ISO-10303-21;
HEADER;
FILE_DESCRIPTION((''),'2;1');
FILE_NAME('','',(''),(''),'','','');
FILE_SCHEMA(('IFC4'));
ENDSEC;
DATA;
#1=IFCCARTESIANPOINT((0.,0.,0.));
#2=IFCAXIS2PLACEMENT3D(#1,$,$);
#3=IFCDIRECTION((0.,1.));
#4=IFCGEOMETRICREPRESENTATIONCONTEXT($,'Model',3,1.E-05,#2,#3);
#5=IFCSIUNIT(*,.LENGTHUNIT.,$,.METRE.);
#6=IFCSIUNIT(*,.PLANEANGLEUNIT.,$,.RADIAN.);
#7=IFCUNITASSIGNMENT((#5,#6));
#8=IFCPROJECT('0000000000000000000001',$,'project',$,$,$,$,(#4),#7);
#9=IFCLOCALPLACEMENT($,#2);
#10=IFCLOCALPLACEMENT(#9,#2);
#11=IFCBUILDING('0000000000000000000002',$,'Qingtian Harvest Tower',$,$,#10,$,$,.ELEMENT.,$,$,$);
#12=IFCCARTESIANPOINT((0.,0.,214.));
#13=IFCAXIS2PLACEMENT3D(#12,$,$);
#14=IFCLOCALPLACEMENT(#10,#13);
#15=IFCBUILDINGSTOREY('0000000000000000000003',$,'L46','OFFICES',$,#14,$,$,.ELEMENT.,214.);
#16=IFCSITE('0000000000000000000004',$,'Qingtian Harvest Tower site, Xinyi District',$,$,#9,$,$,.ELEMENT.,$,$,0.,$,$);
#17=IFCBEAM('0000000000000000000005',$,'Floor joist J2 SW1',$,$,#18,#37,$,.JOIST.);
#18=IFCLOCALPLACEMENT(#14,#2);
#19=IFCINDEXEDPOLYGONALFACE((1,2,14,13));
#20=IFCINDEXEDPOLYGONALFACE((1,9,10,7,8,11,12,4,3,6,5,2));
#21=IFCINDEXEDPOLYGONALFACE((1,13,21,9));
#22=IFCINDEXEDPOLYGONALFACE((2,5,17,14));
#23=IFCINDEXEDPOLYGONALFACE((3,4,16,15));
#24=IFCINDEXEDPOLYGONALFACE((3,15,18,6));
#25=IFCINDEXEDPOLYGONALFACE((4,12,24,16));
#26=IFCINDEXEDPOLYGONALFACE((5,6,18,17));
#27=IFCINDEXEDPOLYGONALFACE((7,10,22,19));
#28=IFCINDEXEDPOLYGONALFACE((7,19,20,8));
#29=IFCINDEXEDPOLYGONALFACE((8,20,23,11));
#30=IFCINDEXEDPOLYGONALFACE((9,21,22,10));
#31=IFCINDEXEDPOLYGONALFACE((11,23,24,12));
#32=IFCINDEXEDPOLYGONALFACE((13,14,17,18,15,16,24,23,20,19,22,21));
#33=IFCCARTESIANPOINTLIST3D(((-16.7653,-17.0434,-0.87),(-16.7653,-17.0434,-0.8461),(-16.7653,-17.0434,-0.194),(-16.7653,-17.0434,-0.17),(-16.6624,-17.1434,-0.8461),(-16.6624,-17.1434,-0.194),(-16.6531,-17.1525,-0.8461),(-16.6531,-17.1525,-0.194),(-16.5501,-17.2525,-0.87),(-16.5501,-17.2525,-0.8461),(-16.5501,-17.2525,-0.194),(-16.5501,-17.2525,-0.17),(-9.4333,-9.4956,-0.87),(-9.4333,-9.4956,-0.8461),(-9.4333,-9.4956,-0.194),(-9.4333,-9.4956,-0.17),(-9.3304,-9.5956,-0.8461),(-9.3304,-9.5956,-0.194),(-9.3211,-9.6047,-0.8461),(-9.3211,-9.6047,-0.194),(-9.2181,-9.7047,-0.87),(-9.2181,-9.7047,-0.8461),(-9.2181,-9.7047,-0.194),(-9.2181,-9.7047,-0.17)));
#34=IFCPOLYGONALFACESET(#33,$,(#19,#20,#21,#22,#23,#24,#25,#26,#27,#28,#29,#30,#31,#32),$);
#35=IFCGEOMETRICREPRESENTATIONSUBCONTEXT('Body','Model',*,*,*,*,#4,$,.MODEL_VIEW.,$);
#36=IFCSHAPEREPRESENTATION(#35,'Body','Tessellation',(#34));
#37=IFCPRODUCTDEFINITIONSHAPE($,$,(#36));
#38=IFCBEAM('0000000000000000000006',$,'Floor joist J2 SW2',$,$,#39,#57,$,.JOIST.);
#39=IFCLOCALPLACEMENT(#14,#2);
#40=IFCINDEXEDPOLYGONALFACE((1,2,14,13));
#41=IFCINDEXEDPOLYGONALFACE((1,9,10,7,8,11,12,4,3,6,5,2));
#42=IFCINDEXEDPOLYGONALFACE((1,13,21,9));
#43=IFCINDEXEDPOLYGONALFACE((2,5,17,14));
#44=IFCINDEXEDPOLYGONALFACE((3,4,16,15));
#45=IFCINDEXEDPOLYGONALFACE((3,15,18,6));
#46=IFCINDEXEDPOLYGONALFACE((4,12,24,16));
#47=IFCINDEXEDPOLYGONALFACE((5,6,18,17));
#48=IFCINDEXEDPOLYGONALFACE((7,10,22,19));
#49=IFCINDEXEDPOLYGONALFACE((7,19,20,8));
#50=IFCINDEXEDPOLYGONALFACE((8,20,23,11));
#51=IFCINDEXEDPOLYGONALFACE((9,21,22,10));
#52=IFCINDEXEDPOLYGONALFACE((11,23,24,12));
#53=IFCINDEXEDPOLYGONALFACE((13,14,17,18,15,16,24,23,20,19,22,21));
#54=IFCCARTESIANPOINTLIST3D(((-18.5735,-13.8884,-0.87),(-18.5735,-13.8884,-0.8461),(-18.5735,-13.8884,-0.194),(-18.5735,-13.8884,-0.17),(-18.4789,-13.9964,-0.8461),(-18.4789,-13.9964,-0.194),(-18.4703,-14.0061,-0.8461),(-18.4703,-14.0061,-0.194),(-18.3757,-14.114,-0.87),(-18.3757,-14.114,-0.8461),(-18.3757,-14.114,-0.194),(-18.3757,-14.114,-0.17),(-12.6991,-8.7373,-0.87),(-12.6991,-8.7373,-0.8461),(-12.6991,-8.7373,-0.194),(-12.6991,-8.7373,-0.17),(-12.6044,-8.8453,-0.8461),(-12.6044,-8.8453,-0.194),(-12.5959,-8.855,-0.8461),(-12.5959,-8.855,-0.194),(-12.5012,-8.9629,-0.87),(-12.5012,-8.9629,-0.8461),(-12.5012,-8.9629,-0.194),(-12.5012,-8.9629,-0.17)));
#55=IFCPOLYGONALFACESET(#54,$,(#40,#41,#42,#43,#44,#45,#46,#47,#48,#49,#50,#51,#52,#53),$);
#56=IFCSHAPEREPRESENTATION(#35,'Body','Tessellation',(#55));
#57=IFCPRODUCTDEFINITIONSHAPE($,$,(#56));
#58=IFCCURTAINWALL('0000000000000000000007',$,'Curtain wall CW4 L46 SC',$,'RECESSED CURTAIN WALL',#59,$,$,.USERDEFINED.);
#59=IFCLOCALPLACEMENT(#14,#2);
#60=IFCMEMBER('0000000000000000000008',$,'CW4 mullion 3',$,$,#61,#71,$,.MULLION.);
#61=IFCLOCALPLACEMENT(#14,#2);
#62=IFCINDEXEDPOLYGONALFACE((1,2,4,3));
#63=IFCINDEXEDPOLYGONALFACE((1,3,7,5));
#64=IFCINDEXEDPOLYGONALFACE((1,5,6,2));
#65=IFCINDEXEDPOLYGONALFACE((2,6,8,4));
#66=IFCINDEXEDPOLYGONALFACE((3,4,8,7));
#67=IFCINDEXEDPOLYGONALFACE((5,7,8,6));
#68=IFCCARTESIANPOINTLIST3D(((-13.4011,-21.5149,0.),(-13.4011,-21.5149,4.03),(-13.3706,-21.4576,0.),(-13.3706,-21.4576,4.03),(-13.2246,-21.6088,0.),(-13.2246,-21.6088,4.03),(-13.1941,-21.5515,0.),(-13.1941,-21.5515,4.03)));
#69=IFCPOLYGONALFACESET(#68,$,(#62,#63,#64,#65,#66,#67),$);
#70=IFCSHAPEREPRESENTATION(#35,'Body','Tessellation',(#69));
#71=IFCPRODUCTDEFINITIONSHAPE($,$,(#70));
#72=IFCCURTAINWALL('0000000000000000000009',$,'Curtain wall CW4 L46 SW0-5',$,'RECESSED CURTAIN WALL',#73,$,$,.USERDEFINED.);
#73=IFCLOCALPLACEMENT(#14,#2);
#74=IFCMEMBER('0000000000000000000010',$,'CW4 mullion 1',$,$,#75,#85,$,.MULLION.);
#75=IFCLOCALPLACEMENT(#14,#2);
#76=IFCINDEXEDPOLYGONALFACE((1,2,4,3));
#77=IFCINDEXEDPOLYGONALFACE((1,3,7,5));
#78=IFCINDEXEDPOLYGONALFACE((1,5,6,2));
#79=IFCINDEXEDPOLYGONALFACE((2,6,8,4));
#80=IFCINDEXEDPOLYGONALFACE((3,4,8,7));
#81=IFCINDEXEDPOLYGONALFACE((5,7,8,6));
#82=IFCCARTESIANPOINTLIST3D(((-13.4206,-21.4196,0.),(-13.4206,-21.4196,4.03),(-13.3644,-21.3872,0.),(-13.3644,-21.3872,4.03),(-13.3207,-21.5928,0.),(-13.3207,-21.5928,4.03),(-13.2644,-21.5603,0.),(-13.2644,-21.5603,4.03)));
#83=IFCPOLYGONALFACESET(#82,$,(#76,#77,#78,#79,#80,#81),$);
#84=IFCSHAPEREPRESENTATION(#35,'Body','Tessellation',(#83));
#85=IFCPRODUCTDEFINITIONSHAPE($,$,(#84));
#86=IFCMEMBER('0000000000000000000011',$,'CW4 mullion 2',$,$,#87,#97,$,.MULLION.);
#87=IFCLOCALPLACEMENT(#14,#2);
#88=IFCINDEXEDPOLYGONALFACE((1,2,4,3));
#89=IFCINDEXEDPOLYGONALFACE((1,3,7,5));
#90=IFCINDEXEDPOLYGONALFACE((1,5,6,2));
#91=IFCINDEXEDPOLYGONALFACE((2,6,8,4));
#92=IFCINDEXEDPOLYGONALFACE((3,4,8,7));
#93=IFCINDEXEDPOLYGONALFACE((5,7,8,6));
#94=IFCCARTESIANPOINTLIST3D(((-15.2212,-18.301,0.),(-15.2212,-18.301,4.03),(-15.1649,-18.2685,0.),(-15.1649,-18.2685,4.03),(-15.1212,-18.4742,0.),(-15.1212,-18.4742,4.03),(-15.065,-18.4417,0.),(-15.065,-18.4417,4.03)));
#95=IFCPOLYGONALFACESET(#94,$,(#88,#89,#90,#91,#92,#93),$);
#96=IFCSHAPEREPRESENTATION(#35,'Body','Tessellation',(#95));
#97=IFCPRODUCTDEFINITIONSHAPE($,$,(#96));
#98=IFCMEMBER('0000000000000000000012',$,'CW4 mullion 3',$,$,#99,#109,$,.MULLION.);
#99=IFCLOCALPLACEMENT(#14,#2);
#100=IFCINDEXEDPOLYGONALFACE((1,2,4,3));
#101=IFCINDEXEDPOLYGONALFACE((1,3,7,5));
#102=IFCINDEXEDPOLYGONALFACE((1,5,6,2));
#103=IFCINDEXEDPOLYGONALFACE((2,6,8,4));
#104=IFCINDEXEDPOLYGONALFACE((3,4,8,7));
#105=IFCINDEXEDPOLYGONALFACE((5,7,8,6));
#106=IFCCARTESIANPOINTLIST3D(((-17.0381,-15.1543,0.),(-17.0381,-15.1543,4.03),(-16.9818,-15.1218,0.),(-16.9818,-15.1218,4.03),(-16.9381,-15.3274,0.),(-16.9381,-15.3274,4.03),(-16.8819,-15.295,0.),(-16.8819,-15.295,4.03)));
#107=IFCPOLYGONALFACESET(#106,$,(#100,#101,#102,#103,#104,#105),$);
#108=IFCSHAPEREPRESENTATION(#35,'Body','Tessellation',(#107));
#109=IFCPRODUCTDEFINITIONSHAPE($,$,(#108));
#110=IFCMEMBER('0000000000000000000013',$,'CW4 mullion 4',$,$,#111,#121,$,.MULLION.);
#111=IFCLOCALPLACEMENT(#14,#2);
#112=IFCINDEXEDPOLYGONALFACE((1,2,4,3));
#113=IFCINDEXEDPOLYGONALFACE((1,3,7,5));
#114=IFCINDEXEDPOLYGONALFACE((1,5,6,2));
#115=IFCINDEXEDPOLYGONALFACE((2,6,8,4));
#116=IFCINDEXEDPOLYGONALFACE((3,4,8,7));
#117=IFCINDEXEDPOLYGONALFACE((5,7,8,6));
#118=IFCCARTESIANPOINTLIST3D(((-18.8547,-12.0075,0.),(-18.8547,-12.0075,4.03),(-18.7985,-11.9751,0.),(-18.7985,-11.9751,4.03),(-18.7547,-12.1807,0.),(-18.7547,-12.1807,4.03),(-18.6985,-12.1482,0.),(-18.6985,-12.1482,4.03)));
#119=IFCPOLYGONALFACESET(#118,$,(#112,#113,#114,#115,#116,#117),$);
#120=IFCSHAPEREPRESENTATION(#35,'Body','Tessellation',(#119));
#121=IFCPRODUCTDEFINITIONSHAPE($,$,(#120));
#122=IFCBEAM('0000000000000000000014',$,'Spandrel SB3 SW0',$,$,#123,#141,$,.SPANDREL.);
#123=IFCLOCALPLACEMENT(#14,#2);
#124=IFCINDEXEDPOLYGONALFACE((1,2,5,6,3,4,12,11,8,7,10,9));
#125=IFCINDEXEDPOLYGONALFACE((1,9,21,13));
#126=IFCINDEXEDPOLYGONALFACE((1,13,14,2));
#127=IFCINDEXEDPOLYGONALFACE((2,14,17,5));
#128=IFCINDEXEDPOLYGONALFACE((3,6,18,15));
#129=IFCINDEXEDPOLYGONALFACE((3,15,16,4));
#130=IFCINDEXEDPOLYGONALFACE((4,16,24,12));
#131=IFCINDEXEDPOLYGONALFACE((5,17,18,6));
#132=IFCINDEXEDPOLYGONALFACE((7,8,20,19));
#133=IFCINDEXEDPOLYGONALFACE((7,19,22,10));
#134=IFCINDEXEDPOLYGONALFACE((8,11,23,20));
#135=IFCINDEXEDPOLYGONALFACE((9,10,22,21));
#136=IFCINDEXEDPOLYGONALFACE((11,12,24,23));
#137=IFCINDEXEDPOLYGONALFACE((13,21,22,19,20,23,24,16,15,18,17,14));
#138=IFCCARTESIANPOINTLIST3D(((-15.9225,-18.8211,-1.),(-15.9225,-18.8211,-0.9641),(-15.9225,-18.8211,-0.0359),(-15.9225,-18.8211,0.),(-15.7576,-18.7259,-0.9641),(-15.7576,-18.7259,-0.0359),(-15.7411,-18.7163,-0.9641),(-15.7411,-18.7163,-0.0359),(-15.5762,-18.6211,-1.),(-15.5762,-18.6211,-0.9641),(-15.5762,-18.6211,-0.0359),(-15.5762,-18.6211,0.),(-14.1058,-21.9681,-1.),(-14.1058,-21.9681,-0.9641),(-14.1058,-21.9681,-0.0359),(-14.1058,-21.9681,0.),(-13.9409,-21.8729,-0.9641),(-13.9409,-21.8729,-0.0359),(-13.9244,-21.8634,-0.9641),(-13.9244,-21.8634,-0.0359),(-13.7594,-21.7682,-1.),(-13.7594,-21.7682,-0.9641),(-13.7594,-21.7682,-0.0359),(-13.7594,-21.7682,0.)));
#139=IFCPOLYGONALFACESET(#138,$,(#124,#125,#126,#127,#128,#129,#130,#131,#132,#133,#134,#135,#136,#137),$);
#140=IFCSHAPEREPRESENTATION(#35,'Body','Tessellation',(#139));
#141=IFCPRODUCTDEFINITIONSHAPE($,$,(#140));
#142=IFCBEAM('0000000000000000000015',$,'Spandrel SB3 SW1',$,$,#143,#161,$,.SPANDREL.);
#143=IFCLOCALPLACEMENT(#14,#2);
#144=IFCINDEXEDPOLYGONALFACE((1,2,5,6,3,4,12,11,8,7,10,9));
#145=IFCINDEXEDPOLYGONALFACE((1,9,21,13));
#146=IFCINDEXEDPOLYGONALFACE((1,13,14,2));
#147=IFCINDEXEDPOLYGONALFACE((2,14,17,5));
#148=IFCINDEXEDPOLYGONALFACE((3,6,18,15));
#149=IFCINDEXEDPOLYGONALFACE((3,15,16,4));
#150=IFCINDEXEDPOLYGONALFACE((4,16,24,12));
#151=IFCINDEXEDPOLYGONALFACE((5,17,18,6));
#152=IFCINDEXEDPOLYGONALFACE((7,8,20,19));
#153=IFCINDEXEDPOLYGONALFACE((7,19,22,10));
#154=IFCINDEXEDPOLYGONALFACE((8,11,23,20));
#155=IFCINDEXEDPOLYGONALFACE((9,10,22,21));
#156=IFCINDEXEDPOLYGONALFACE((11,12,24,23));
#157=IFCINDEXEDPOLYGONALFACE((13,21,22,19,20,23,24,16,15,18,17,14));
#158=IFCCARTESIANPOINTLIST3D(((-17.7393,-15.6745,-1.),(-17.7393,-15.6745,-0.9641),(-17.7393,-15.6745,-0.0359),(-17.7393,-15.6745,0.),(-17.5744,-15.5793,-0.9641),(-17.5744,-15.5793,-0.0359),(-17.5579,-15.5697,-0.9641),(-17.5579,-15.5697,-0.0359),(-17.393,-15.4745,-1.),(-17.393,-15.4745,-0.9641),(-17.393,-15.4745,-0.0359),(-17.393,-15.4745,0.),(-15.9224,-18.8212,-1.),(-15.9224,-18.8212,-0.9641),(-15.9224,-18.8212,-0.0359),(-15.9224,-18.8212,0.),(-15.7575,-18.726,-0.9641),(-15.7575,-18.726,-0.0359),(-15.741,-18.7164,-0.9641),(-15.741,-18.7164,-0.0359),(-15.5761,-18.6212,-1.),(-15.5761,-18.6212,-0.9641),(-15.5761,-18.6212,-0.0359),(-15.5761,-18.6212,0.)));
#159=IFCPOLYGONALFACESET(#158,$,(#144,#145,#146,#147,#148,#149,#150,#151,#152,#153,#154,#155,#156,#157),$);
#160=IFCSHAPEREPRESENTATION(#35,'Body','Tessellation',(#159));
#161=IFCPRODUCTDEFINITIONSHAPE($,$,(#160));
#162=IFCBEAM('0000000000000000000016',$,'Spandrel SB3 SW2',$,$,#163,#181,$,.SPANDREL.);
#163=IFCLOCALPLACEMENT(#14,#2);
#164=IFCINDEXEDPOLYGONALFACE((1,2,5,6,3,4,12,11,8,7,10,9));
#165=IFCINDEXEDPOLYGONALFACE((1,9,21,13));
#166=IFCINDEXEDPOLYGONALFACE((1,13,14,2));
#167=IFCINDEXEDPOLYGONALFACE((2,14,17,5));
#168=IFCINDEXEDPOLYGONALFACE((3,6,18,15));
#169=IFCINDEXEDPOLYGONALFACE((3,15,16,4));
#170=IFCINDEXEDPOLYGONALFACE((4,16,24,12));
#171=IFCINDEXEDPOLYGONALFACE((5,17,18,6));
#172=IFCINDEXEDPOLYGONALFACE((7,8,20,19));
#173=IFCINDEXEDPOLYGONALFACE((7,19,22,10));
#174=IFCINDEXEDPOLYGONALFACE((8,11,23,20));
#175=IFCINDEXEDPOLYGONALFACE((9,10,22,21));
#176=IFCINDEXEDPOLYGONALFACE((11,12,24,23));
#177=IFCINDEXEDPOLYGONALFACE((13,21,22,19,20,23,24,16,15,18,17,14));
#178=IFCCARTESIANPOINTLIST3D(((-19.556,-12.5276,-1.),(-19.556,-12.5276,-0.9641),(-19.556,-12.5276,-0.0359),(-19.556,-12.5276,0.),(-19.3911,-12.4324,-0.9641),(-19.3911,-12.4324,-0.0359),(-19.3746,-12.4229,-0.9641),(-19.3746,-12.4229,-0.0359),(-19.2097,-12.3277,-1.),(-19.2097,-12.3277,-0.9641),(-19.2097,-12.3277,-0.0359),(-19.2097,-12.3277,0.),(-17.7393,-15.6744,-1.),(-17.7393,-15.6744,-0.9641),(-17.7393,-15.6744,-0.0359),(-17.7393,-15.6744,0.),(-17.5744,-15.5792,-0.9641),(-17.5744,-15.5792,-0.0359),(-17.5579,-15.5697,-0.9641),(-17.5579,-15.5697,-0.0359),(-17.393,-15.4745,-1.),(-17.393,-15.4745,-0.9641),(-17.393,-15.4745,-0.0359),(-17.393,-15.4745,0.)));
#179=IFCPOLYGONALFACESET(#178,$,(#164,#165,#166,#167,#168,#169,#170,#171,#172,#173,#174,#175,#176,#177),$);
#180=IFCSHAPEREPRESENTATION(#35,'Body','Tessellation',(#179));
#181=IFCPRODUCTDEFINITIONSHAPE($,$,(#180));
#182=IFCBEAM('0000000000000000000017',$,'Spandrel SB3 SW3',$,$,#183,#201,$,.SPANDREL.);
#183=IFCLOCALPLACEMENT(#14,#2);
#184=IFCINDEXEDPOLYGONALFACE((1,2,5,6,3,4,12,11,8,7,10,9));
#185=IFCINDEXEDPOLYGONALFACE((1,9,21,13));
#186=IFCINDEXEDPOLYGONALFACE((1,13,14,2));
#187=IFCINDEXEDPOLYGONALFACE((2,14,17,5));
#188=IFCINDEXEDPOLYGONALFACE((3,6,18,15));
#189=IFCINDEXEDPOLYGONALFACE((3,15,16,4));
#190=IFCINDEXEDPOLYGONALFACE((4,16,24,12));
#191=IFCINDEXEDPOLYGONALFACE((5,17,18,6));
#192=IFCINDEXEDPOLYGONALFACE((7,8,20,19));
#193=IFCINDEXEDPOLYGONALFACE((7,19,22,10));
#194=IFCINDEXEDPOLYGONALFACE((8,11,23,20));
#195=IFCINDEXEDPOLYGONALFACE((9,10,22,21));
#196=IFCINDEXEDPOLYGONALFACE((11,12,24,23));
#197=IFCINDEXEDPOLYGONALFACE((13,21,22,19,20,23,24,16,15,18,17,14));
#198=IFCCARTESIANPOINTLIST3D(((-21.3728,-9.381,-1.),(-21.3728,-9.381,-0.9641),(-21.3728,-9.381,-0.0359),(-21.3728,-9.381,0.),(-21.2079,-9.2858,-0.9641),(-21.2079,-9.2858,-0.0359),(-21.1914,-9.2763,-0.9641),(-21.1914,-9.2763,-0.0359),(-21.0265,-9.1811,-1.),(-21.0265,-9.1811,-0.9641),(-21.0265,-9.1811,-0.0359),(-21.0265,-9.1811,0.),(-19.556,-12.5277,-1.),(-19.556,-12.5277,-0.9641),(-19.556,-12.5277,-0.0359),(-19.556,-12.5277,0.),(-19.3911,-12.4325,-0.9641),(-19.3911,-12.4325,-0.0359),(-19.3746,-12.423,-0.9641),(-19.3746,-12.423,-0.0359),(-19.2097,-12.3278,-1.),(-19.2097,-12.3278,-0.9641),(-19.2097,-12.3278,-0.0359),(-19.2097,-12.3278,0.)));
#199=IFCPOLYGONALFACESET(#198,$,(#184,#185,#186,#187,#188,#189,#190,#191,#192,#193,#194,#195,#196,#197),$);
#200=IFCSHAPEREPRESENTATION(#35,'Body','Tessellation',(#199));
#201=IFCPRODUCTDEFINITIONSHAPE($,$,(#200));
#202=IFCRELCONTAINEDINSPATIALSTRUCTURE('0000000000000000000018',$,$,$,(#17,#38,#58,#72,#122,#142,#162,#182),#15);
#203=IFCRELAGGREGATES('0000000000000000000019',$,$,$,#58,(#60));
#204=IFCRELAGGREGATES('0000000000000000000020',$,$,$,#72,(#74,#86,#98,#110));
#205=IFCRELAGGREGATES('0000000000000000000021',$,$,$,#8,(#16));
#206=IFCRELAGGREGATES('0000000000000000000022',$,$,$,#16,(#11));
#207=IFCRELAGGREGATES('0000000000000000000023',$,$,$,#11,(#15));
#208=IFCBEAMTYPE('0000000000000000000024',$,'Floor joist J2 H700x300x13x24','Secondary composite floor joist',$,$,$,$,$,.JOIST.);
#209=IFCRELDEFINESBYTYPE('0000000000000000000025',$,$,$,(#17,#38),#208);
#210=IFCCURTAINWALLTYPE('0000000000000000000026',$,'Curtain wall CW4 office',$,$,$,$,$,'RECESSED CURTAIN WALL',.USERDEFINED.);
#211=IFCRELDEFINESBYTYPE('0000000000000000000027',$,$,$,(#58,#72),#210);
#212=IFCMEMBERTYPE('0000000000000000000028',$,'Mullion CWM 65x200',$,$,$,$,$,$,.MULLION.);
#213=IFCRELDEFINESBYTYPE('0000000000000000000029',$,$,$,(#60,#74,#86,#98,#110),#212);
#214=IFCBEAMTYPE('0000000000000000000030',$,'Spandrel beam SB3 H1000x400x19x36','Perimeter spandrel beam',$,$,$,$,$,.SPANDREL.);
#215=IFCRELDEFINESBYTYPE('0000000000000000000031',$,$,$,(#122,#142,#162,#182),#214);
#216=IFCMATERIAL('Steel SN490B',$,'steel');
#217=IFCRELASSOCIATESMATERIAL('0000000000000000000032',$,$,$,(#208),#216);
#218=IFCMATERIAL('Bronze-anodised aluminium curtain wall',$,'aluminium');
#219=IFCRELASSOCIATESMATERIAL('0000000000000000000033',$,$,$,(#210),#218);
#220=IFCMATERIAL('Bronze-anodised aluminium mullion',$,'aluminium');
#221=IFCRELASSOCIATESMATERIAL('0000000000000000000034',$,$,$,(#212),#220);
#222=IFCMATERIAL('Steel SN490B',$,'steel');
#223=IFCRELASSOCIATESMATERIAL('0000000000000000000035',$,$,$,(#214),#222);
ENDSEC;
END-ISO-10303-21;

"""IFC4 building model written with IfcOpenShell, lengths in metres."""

from ifc_helpers import new_model, si_unit, direction, frame, origin, origin_2d, place, context, subcontext, project, spatial, rectangle, i_section, extrude, material, material_profile, profile_set, type_object, element, aggregate, save


model = new_model("IFC4")

# Units and contexts
model_context = context("Model", 3, precision=1e-05, world=origin(), true_north=direction((0.0, 1.0)))
body_context = subcontext(model_context, "Body", "Model", "MODEL_VIEW")
ifc_project = project(units=[si_unit("LENGTHUNIT", "METRE"), si_unit("PLANEANGLEUNIT", "RADIAN")], contexts=[model_context])

# Site, building, storey
site_placement = place(None, origin())
site = spatial("IfcSite", under=ifc_project, at=site_placement, Name="Qingtian Harvest Tower site, Xinyi District", CompositionType="ELEMENT", RefElevation=0.0)
building_placement = place(site_placement, origin())
building = spatial("IfcBuilding", under=site, at=building_placement, Name="Qingtian Harvest Tower", CompositionType="ELEMENT")
storey_placement = place(building_placement, frame((0.0, 0.0, 214.0)))
storey = spatial("IfcBuildingStorey", under=building, at=storey_placement, Name="L46", Description="OFFICES", CompositionType="ELEMENT", Elevation=214.0)

# Beams
ifc_material_1 = material(Name="Steel SN490B", Category="steel")
ifc_material_profile_1 = material_profile(ifc_material_1, i_section(OverallWidth=0.3, OverallDepth=0.7, WebThickness=0.0129, FlangeThickness=0.0239, at=origin_2d()), Name="H700x300x13x24")
ifc_profile_set_1 = profile_set([ifc_material_profile_1], Name="Steel SN490B")
beam_type_1 = type_object("IfcBeamType", Name="Floor joist J2 H700x300x13x24", Description="Secondary composite floor joist", PredefinedType="JOIST", material=ifc_profile_set_1)
beam_1_placement = place(storey_placement, frame((-16.6577, -17.1479, -0.52), z_axis=(0.696777, 0.717287, 0.0), x_axis=(-0.717287, 0.696777, 0.0)))
element("IfcBeam", 1, at=beam_1_placement, inside=storey, type_object=beam_type_1, Name="Floor joist J2 SW1", PredefinedType="JOIST", context=body_context, shape_type="SweptSolid", body=[
    extrude(i_section(OverallWidth=0.3, OverallDepth=0.7, WebThickness=0.0129, FlangeThickness=0.0239, at=origin_2d()), origin(), (0.0, 0.0, 1.0), 10.5227),
])
beam_2_placement = place(storey_placement, frame((-18.4746, -14.0012, -0.52), z_axis=(0.751883, 0.659296, 0.0), x_axis=(-0.659296, 0.751883, 0.0)))
element("IfcBeam", 2, at=beam_2_placement, inside=storey, type_object=beam_type_1, Name="Floor joist J2 SW2", PredefinedType="JOIST", context=body_context, shape_type="SweptSolid", body=[
    extrude(i_section(OverallWidth=0.3, OverallDepth=0.7, WebThickness=0.0129, FlangeThickness=0.0239, at=origin_2d()), origin(), (0.0, 0.0, 1.0), 7.813),
])

# Curtain wall, member
ifc_material_2 = material(Name="Bronze-anodised aluminium curtain wall", Category="aluminium")
curtain_wall_type = type_object("IfcCurtainWallType", Name="Curtain wall CW4 office", ElementType="RECESSED CURTAIN WALL", PredefinedType="USERDEFINED", material=ifc_material_2)
curtain_wall_1_placement = place(storey_placement, origin())
curtain_wall_1 = element("IfcCurtainWall", 3, at=curtain_wall_1_placement, inside=storey, type_object=curtain_wall_type, Name="Curtain wall CW4 L46 SC", ObjectType="RECESSED CURTAIN WALL", PredefinedType="USERDEFINED")
ifc_material_3 = material(Name="Bronze-anodised aluminium mullion", Category="aluminium")
ifc_material_profile_2 = material_profile(ifc_material_3, rectangle(XDim=0.0649, YDim=0.2, at=origin_2d()), Name="AL 65x200")
ifc_profile_set_2 = profile_set([ifc_material_profile_2], Name="Bronze-anodised aluminium mullion")
member_type_1 = type_object("IfcMemberType", Name="Mullion CWM 65x200", PredefinedType="MULLION", material=ifc_profile_set_2)
member_1_placement = place(storey_placement, frame((-13.2976, -21.5332, 0.0), z_axis=(0.0, 0.0, 1.0), x_axis=(-0.469472, -0.882948, 0.0)))
member_1 = element("IfcMember", 4, at=member_1_placement, type_object=member_type_1, Name="CW4 mullion 3", PredefinedType="MULLION", context=body_context, shape_type="SweptSolid", body=[
    extrude(rectangle(XDim=0.0649, YDim=0.2, at=origin_2d()), origin(), (0.0, 0.0, 1.0), 4.03),
])

# Curtain wall, members
curtain_wall_2_placement = place(storey_placement, origin())
curtain_wall_2 = element("IfcCurtainWall", 5, at=curtain_wall_2_placement, inside=storey, type_object=curtain_wall_type, Name="Curtain wall CW4 L46 SW0-5", ObjectType="RECESSED CURTAIN WALL", PredefinedType="USERDEFINED")
member_2_placement = place(storey_placement, frame((-13.3425, -21.49, 0.0), z_axis=(0.0, 0.0, 1.0), x_axis=(-0.866025, -0.5, 0.0)))
member_2 = element("IfcMember", 6, at=member_2_placement, type_object=member_type_1, Name="CW4 mullion 1", PredefinedType="MULLION", context=body_context, shape_type="SweptSolid", body=[
    extrude(rectangle(XDim=0.0649, YDim=0.2, at=origin_2d()), origin(), (0.0, 0.0, 1.0), 4.03),
])
member_3_placement = place(storey_placement, frame((-15.1431, -18.3713, 0.0), z_axis=(0.0, 0.0, 1.0), x_axis=(-0.866025, -0.5, 0.0)))
member_3 = element("IfcMember", 7, at=member_3_placement, type_object=member_type_1, Name="CW4 mullion 2", PredefinedType="MULLION", context=body_context, shape_type="SweptSolid", body=[
    extrude(rectangle(XDim=0.0649, YDim=0.2, at=origin_2d()), origin(), (0.0, 0.0, 1.0), 4.03),
])
member_4_placement = place(storey_placement, frame((-16.96, -15.2246, 0.0), z_axis=(0.0, 0.0, 1.0), x_axis=(-0.866025, -0.5, 0.0)))
member_4 = element("IfcMember", 8, at=member_4_placement, type_object=member_type_1, Name="CW4 mullion 3", PredefinedType="MULLION", context=body_context, shape_type="SweptSolid", body=[
    extrude(rectangle(XDim=0.0649, YDim=0.2, at=origin_2d()), origin(), (0.0, 0.0, 1.0), 4.03),
])
member_5_placement = place(storey_placement, frame((-18.7766, -12.0779, 0.0), z_axis=(0.0, 0.0, 1.0), x_axis=(-0.866025, -0.5, 0.0)))
member_5 = element("IfcMember", 9, at=member_5_placement, type_object=member_type_1, Name="CW4 mullion 4", PredefinedType="MULLION", context=body_context, shape_type="SweptSolid", body=[
    extrude(rectangle(XDim=0.0649, YDim=0.2, at=origin_2d()), origin(), (0.0, 0.0, 1.0), 4.03),
])

# Beams
ifc_material_4 = material(Name="Steel SN490B", Category="steel")
ifc_material_profile_3 = material_profile(ifc_material_4, i_section(OverallWidth=0.3999, OverallDepth=1.0, WebThickness=0.019, FlangeThickness=0.0359, at=origin_2d()), Name="H1000x400x19x36")
ifc_profile_set_3 = profile_set([ifc_material_profile_3], Name="Steel SN490B")
beam_type_2 = type_object("IfcBeamType", Name="Spandrel beam SB3 H1000x400x19x36", Description="Perimeter spandrel beam", PredefinedType="SPANDREL", material=ifc_profile_set_3)
beam_3_placement = place(storey_placement, frame((-13.9326, -21.8682, -0.5), z_axis=(-0.499947, 0.866056, 0.0), x_axis=(-0.866056, -0.499947, 0.0)))
element("IfcBeam", 10, at=beam_3_placement, inside=storey, type_object=beam_type_2, Name="Spandrel SB3 SW0", PredefinedType="SPANDREL", context=body_context, shape_type="SweptSolid", body=[
    extrude(i_section(OverallWidth=0.3999, OverallDepth=1.0, WebThickness=0.019, FlangeThickness=0.0359, at=origin_2d()), origin(), (0.0, 0.0, 1.0), 3.6338),
])
for number, where, z_axis, x_axis, name in (
    (11, (-15.7493, -18.7212, -0.5), (-0.500027, 0.86601, 0.0), (-0.86601, -0.500027, 0.0), "Spandrel SB3 SW1"),
    (12, (-17.5662, -15.5745, -0.5), (-0.499976, 0.866039, 0.0), (-0.866039, -0.499976, 0.0), "Spandrel SB3 SW2"),
    (13, (-19.3828, -12.4277, -0.5), (-0.500027, 0.86601, 0.0), (-0.86601, -0.500027, 0.0), "Spandrel SB3 SW3"),
):
    element("IfcBeam", number, at=place(storey_placement, frame(where, z_axis=z_axis, x_axis=x_axis)), inside=storey, type_object=beam_type_2, Name=name, PredefinedType="SPANDREL", context=body_context, shape_type="SweptSolid", body=[
        extrude(i_section(OverallWidth=0.3999, OverallDepth=1.0, WebThickness=0.019, FlangeThickness=0.0359, at=origin_2d()), origin(), (0.0, 0.0, 1.0), 3.6335),
    ])

aggregate(curtain_wall_1, [member_1])
aggregate(curtain_wall_2, [member_2, member_3, member_4, member_5])

save(model, "model.ifc")
